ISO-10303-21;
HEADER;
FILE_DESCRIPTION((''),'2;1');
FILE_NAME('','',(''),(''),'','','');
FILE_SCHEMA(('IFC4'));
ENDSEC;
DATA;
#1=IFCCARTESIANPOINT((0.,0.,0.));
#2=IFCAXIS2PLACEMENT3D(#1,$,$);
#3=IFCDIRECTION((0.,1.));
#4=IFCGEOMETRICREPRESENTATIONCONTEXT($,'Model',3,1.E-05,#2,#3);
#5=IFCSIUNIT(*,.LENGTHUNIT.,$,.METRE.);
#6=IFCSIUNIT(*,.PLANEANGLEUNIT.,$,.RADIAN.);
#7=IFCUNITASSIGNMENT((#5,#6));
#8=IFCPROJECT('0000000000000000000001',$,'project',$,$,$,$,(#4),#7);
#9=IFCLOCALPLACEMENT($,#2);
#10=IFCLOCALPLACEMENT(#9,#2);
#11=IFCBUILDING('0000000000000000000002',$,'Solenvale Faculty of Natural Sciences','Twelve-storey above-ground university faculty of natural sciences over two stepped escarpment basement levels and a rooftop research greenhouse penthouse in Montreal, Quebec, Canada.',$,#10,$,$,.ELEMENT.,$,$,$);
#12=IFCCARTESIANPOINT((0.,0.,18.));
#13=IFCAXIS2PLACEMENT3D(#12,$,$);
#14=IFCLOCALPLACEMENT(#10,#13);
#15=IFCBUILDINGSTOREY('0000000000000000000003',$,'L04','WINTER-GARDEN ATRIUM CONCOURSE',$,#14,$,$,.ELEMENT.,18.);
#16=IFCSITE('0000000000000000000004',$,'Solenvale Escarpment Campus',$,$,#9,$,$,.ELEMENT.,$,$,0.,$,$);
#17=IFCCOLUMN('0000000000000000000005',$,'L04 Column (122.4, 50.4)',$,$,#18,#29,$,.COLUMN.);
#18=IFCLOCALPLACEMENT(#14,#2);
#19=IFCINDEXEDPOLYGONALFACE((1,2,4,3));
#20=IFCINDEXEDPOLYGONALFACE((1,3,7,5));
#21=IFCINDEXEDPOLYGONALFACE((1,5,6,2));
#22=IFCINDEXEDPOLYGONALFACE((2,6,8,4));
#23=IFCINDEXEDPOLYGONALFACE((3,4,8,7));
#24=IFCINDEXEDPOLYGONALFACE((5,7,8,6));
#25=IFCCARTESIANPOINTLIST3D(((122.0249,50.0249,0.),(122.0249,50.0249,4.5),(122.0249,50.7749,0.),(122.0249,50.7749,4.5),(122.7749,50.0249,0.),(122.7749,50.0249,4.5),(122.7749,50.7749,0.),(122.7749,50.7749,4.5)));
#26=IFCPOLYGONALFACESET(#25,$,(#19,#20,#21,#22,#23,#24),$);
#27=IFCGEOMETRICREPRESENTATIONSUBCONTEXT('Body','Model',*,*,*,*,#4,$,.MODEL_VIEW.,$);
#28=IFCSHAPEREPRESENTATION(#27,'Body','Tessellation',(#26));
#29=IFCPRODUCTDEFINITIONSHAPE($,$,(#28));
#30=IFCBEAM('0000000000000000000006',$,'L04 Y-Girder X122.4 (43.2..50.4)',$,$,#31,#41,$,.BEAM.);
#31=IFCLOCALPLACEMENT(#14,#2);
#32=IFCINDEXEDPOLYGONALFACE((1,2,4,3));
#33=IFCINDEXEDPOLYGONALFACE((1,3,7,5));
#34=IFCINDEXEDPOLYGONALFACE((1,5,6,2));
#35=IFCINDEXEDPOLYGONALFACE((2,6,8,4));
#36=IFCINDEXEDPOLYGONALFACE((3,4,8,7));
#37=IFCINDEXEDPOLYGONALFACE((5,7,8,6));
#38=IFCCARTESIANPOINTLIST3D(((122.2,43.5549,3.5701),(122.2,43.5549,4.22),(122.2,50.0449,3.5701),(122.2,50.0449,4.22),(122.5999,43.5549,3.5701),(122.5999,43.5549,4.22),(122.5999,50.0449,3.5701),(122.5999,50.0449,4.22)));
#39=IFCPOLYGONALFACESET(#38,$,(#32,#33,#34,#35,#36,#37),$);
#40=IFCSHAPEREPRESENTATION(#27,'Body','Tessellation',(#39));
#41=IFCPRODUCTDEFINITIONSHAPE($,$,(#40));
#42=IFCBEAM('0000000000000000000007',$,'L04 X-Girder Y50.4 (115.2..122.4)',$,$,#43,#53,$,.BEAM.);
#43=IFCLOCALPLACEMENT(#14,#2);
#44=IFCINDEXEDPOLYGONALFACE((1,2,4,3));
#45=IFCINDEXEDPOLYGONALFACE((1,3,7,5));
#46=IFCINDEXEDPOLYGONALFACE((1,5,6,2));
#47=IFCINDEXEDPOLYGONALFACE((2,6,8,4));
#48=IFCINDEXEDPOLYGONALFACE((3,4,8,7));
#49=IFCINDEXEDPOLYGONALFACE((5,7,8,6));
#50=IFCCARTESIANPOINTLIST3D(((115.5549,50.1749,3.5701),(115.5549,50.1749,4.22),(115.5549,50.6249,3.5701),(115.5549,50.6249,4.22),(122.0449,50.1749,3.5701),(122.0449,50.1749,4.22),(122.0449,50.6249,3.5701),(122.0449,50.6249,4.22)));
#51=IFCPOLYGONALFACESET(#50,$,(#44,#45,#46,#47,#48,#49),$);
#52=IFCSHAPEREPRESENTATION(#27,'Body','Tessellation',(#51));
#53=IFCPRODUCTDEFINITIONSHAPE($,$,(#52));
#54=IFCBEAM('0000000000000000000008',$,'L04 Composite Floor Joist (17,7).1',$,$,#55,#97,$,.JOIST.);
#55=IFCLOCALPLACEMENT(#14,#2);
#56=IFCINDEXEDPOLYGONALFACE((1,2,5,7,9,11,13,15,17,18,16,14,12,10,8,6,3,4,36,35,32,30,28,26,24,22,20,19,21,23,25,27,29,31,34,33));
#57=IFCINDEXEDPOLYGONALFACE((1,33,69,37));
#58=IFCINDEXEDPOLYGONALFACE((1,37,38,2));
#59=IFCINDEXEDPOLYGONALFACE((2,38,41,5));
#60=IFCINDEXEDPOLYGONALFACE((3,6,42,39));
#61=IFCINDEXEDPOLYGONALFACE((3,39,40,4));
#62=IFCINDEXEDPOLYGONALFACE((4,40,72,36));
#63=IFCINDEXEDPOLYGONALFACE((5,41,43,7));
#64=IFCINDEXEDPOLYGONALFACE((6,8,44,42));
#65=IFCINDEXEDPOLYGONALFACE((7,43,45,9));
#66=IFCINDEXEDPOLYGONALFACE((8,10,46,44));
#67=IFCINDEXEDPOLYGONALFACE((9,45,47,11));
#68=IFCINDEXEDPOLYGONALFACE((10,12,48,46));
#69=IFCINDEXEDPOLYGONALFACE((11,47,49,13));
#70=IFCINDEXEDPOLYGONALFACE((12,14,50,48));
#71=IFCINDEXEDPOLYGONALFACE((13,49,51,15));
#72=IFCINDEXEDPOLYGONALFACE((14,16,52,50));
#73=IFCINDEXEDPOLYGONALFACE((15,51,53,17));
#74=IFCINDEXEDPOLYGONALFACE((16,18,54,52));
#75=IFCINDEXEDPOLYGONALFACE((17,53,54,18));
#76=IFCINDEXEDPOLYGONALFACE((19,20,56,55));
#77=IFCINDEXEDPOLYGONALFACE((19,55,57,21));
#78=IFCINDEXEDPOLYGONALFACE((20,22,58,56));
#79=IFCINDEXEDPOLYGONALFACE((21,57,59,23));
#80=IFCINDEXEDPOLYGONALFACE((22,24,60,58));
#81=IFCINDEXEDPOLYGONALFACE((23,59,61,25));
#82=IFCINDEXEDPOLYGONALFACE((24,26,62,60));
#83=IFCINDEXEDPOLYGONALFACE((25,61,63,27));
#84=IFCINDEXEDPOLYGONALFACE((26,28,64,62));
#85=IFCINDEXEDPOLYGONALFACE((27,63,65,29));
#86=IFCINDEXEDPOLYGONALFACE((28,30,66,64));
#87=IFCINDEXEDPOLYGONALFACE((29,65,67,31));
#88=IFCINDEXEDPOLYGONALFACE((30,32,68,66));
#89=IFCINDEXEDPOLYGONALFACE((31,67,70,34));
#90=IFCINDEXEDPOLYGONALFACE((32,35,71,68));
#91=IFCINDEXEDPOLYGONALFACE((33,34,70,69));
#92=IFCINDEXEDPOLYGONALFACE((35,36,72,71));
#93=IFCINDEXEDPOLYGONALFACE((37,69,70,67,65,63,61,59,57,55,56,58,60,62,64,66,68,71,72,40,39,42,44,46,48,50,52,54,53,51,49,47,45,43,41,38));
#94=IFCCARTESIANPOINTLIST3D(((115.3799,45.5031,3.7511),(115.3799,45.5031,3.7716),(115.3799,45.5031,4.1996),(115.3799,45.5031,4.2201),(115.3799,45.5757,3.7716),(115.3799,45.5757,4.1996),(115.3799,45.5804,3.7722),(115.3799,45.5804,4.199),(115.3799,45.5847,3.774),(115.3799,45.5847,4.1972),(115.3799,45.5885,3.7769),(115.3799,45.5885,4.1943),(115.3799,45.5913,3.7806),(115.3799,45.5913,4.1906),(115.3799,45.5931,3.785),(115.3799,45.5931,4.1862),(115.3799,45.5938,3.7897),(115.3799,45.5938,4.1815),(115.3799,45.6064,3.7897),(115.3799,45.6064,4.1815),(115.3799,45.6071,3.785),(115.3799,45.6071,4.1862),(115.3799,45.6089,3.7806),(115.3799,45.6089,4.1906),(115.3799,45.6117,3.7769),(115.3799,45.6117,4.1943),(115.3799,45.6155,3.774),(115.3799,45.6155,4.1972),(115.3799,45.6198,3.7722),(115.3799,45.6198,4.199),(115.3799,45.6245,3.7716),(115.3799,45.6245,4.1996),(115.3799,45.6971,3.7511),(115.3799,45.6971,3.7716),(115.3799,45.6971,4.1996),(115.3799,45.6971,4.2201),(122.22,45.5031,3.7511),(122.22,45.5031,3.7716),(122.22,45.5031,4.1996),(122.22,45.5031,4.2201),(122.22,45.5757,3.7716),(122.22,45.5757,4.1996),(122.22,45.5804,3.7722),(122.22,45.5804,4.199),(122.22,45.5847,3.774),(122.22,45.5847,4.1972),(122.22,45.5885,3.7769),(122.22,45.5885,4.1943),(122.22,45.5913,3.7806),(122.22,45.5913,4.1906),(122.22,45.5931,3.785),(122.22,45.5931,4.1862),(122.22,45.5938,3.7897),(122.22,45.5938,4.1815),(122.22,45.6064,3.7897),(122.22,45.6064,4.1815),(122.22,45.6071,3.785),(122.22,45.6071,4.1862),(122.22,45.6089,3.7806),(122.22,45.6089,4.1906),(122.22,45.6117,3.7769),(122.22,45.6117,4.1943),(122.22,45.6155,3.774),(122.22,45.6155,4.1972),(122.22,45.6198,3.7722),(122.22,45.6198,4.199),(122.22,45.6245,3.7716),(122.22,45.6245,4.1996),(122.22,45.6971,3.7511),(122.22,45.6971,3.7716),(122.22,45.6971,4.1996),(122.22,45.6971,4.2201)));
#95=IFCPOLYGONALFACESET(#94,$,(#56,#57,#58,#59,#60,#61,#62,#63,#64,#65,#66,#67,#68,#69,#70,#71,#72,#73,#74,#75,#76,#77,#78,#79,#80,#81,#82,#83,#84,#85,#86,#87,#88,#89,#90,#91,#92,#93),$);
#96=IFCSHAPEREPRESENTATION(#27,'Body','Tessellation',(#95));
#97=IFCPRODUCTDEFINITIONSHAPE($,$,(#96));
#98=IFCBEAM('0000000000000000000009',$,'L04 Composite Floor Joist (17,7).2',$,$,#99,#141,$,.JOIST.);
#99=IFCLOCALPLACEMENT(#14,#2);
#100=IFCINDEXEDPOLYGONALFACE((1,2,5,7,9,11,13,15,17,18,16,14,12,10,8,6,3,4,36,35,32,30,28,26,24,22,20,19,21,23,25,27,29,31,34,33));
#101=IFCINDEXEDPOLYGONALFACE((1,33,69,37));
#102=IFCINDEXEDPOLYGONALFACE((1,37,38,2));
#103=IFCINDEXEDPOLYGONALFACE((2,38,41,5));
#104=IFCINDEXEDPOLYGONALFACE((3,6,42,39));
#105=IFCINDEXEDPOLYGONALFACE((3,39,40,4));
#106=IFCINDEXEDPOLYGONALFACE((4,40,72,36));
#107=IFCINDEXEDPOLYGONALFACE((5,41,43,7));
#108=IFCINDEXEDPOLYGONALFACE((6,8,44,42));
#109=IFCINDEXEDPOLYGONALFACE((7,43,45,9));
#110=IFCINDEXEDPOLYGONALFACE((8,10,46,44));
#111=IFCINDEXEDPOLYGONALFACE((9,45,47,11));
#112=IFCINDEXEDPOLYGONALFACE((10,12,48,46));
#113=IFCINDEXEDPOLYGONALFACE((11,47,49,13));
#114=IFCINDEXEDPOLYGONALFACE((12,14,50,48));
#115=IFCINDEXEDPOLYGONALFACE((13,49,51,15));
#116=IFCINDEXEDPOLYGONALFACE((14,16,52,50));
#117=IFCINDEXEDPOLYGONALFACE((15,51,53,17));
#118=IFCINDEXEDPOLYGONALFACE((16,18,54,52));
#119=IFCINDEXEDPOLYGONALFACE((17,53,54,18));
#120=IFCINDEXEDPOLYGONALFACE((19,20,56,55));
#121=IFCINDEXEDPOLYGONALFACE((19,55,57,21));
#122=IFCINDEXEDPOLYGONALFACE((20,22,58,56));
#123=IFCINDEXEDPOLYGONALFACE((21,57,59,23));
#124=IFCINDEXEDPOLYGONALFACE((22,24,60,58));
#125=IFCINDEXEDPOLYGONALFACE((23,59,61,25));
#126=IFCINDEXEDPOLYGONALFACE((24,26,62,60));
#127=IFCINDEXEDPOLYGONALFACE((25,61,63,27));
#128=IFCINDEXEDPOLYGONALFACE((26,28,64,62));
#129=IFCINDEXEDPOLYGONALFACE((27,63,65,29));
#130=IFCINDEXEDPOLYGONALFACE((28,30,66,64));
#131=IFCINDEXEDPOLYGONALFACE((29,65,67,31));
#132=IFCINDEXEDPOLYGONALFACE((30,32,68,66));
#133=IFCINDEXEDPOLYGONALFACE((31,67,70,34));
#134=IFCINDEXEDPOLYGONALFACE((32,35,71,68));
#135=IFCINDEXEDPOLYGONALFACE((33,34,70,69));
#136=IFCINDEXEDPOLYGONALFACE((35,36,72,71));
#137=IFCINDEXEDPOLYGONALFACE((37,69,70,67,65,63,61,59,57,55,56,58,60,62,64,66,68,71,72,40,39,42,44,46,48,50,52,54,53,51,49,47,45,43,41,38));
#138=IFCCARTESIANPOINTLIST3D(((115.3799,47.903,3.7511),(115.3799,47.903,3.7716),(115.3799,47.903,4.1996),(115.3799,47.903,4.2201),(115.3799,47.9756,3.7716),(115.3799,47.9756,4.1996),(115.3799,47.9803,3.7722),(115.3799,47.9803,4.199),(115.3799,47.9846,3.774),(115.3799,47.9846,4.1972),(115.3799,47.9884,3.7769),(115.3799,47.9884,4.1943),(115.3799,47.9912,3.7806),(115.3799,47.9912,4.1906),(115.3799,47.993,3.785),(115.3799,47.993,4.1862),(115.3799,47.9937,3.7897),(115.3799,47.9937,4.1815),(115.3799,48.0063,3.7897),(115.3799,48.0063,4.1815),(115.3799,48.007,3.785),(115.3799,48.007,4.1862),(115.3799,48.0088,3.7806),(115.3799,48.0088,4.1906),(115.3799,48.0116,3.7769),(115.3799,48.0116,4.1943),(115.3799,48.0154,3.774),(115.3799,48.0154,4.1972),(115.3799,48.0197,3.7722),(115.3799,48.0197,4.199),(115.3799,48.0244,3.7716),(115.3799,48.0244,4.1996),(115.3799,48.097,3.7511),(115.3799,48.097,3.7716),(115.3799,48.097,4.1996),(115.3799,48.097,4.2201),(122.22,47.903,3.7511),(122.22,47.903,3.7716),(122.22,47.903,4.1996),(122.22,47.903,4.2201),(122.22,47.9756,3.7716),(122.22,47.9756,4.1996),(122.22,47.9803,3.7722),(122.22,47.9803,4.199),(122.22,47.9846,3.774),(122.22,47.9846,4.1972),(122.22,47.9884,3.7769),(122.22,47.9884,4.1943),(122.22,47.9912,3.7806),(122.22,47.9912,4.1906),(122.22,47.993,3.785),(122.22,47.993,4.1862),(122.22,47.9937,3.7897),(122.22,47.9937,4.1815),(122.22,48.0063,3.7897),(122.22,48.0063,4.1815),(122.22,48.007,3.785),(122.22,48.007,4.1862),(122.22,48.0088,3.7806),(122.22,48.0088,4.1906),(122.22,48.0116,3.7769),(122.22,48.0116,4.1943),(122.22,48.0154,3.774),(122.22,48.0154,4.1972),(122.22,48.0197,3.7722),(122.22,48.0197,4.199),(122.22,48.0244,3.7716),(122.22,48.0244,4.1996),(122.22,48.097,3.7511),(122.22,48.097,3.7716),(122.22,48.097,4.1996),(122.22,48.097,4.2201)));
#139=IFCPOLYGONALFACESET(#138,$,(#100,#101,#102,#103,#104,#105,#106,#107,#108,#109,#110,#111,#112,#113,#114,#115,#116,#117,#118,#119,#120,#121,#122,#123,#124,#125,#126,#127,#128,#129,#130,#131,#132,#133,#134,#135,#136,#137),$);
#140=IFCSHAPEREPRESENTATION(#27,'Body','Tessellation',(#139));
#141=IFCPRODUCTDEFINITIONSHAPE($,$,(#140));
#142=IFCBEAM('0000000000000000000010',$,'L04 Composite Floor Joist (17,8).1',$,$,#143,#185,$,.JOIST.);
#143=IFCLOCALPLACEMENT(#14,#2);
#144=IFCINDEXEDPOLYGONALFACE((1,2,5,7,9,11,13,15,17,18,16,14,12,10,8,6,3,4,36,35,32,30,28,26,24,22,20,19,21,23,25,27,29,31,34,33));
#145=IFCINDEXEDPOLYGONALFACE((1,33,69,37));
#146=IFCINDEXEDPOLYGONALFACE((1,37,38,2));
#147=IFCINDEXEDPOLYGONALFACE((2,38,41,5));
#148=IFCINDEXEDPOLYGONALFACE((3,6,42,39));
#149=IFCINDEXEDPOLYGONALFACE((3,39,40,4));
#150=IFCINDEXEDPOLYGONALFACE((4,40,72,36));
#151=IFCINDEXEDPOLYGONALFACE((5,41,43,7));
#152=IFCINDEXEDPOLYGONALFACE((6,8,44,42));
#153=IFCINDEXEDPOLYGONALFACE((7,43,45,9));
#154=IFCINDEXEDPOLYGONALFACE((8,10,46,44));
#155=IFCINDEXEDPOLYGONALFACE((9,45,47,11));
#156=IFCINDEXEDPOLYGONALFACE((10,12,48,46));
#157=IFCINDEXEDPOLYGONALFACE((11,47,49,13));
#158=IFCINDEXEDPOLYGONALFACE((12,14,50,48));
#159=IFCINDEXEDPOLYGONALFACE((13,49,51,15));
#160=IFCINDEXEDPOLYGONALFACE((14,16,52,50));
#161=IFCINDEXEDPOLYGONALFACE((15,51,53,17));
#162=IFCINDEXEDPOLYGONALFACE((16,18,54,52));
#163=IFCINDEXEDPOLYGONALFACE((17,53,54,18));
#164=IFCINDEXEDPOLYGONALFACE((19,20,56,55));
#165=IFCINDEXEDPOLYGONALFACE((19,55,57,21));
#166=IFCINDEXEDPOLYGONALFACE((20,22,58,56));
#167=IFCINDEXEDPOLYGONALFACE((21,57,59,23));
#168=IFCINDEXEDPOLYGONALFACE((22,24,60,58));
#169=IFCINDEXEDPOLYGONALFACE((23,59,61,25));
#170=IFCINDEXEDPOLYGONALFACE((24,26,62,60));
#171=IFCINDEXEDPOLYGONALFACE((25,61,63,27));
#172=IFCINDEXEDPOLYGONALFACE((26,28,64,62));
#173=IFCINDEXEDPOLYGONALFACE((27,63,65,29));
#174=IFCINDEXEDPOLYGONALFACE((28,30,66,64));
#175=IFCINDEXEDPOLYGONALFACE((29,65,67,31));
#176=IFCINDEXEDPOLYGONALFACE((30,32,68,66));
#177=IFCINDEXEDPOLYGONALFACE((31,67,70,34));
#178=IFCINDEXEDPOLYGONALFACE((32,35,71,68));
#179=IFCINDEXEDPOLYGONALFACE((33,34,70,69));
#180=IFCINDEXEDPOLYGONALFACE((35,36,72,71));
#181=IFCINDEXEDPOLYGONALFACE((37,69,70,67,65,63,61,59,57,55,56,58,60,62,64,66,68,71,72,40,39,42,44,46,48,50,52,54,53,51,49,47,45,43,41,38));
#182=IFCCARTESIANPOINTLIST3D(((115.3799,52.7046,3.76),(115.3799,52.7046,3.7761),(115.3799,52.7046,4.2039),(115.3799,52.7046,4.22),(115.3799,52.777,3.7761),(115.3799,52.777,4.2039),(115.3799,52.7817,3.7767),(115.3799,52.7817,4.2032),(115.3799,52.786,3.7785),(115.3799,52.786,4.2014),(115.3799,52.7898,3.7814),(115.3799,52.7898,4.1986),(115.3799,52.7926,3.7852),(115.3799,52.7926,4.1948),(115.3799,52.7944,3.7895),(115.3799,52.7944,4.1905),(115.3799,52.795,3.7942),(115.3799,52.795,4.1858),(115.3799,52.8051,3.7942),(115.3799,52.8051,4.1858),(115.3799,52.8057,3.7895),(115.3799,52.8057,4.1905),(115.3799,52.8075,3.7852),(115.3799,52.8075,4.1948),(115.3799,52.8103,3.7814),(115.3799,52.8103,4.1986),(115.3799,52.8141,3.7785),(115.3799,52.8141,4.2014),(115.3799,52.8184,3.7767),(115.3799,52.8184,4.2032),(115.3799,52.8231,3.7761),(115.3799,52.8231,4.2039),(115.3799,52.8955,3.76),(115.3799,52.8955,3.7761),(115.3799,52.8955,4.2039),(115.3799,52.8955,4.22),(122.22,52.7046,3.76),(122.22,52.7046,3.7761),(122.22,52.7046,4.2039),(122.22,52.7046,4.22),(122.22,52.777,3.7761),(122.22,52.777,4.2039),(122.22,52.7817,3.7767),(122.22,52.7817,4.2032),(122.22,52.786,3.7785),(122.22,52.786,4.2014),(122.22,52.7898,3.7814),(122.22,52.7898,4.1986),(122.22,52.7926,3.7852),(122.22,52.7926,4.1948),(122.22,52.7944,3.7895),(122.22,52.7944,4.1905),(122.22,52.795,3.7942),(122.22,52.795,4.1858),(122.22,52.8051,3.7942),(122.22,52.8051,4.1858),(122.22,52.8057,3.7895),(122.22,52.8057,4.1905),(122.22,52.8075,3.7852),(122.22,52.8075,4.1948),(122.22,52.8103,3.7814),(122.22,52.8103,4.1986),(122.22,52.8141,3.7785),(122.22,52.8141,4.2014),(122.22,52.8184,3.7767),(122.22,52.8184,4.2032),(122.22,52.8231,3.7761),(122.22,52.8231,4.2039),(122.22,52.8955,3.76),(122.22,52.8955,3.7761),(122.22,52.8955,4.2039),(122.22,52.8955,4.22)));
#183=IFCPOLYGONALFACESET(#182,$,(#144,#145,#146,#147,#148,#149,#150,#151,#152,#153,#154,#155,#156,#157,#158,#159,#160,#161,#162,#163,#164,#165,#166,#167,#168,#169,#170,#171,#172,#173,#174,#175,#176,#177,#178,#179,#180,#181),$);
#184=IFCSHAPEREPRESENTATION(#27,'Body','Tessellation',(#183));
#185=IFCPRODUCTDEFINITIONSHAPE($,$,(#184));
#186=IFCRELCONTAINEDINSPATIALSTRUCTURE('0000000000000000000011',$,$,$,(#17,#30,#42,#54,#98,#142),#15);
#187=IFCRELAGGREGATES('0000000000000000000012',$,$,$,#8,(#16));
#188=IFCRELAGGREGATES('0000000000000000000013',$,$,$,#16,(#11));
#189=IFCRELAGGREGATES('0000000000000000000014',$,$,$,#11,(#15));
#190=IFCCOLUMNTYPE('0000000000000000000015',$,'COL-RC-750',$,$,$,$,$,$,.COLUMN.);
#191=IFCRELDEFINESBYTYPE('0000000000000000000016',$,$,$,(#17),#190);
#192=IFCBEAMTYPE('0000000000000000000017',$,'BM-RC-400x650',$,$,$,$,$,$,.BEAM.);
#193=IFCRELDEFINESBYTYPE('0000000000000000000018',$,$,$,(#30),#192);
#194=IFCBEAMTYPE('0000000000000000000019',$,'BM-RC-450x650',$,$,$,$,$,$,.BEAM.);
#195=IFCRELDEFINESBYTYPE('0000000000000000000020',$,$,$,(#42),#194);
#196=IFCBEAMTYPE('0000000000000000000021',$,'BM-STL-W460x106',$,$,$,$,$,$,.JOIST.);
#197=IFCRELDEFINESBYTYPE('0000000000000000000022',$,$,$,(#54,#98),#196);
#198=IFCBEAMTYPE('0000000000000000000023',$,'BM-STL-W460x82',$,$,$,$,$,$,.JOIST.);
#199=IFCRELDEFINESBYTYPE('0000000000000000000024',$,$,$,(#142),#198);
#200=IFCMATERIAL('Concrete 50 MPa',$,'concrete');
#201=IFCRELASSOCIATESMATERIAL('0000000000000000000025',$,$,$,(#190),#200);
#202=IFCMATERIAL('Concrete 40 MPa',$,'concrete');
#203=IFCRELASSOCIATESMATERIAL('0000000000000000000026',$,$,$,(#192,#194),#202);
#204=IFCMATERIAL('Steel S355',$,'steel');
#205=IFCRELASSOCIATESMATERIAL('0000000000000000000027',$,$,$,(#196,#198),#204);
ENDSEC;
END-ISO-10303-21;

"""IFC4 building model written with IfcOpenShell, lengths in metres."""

from ifc_helpers import new_model, si_unit, direction, frame, origin, origin_2d, place, context, subcontext, project, spatial, rectangle, i_section, extrude, material, material_profile, profile_set, type_object, element, save


model = new_model("IFC4")

# Units and contexts
model_context = context("Model", 3, precision=1e-05, world=origin(), true_north=direction((0.0, 1.0)))
body_context = subcontext(model_context, "Body", "Model", "MODEL_VIEW")
ifc_project = project(units=[si_unit("LENGTHUNIT", "METRE"), si_unit("PLANEANGLEUNIT", "RADIAN")], contexts=[model_context])

# Site, building, storey
site_placement = place(None, origin())
site = spatial("IfcSite", under=ifc_project, at=site_placement, Name="Solenvale Escarpment Campus", CompositionType="ELEMENT", RefElevation=0.0)
building_placement = place(site_placement, origin())
building = spatial("IfcBuilding", under=site, at=building_placement, Name="Solenvale Faculty of Natural Sciences", Description="Twelve-storey above-ground university faculty of natural sciences over two stepped escarpment basement levels and a rooftop research greenhouse penthouse in Montreal, Quebec, Canada.", CompositionType="ELEMENT")
storey_placement = place(building_placement, frame((0.0, 0.0, 18.0)))
storey = spatial("IfcBuildingStorey", under=building, at=storey_placement, Name="L04", Description="WINTER-GARDEN ATRIUM CONCOURSE", CompositionType="ELEMENT", Elevation=18.0)

# Column
ifc_material_1 = material(Name="Concrete 50 MPa", Category="concrete")
ifc_material_profile_1 = material_profile(ifc_material_1, rectangle(XDim=0.75, YDim=0.75, at=origin_2d()), Name="RC-COL-750x750")
ifc_profile_set_1 = profile_set([ifc_material_profile_1], Name="Concrete 50 MPa")
column_type = type_object("IfcColumnType", Name="COL-RC-750", PredefinedType="COLUMN", material=ifc_profile_set_1)
column_placement = place(storey_placement, frame((122.3999, 50.3999, 0.0), z_axis=(0.0, 0.0, 1.0), x_axis=(1.0, 0.0, 0.0)))
element("IfcColumn", 1, at=column_placement, inside=storey, type_object=column_type, Name="L04 Column (122.4, 50.4)", PredefinedType="COLUMN", context=body_context, shape_type="SweptSolid", body=[
    extrude(rectangle(XDim=0.75, YDim=0.75, at=origin_2d()), origin(), (0.0, 0.0, 1.0), 4.5),
])

# Beams
ifc_material_2 = material(Name="Concrete 40 MPa", Category="concrete")
ifc_material_profile_2 = material_profile(ifc_material_2, rectangle(XDim=0.3999, YDim=0.6499, at=origin_2d()), Name="RC-BM-400x650")
ifc_profile_set_2 = profile_set([ifc_material_profile_2], Name="Concrete 40 MPa")
beam_type_1 = type_object("IfcBeamType", Name="BM-RC-400x650", PredefinedType="BEAM", material=ifc_profile_set_2)
beam_1_placement = place(storey_placement, frame((122.3999, 43.5549, 3.895), z_axis=(0.0, 1.0, 0.0), x_axis=(-1.0, 0.0, 0.0)))
element("IfcBeam", 2, at=beam_1_placement, inside=storey, type_object=beam_type_1, Name="L04 Y-Girder X122.4 (43.2..50.4)", PredefinedType="BEAM", context=body_context, shape_type="SweptSolid", body=[
    extrude(rectangle(XDim=0.3999, YDim=0.6499, at=origin_2d()), origin(), (0.0, 0.0, 1.0), 6.49),
])
ifc_material_profile_3 = material_profile(ifc_material_2, rectangle(XDim=0.45, YDim=0.6499, at=origin_2d()), Name="RC-BM-450x650")
ifc_profile_set_3 = profile_set([ifc_material_profile_3], Name="Concrete 40 MPa")
beam_type_2 = type_object("IfcBeamType", Name="BM-RC-450x650", PredefinedType="BEAM", material=ifc_profile_set_3)
beam_2_placement = place(storey_placement, frame((115.5549, 50.3999, 3.895), z_axis=(1.0, 0.0, 0.0), x_axis=(0.0, 1.0, 0.0)))
element("IfcBeam", 3, at=beam_2_placement, inside=storey, type_object=beam_type_2, Name="L04 X-Girder Y50.4 (115.2..122.4)", PredefinedType="BEAM", context=body_context, shape_type="SweptSolid", body=[
    extrude(rectangle(XDim=0.45, YDim=0.6499, at=origin_2d()), origin(), (0.0, 0.0, 1.0), 6.49),
])
ifc_material_3 = material(Name="Steel S355", Category="steel")
ifc_material_profile_4 = material_profile(ifc_material_3, i_section(OverallWidth=0.1941, OverallDepth=0.469, WebThickness=0.0127, FlangeThickness=0.0205, FilletRadius=0.0181, at=origin_2d()), Name="W460x106")
ifc_profile_set_4 = profile_set([ifc_material_profile_4], Name="Steel S355")
beam_type_3 = type_object("IfcBeamType", Name="BM-STL-W460x106", PredefinedType="JOIST", material=ifc_profile_set_4)
for number, where, z_axis, x_axis, name in (
    (4, (115.3799, 45.6001, 3.9856), (1.0, 0.0, 0.0), (0.0, 1.0, 0.0), "L04 Composite Floor Joist (17,7).1"),
    (5, (115.3799, 48.0, 3.9856), (1.0, 0.0, 0.0), (0.0, 1.0, 0.0), "L04 Composite Floor Joist (17,7).2"),
):
    element("IfcBeam", number, at=place(storey_placement, frame(where, z_axis=z_axis, x_axis=x_axis)), inside=storey, type_object=beam_type_3, Name=name, PredefinedType="JOIST", context=body_context, shape_type="SweptSolid", body=[
        extrude(i_section(OverallWidth=0.1941, OverallDepth=0.469, WebThickness=0.0127, FlangeThickness=0.0205, FilletRadius=0.0181, at=origin_2d()), origin(), (0.0, 0.0, 1.0), 6.8401),
    ])
ifc_material_profile_5 = material_profile(ifc_material_3, i_section(OverallWidth=0.1909, OverallDepth=0.46, WebThickness=0.01, FlangeThickness=0.0161, FilletRadius=0.0181, at=origin_2d()), Name="W460x82")
ifc_profile_set_5 = profile_set([ifc_material_profile_5], Name="Steel S355")
beam_type_4 = type_object("IfcBeamType", Name="BM-STL-W460x82", PredefinedType="JOIST", material=ifc_profile_set_5)
for number, where, z_axis, x_axis, name in (
    (6, (115.3799, 52.8, 3.99), (1.0, 0.0, 0.0), (0.0, 1.0, 0.0), "L04 Composite Floor Joist (17,8).1"),
):
    element("IfcBeam", number, at=place(storey_placement, frame(where, z_axis=z_axis, x_axis=x_axis)), inside=storey, type_object=beam_type_4, Name=name, PredefinedType="JOIST", context=body_context, shape_type="SweptSolid", body=[
        extrude(i_section(OverallWidth=0.1909, OverallDepth=0.46, WebThickness=0.01, FlangeThickness=0.0161, FilletRadius=0.0181, at=origin_2d()), origin(), (0.0, 0.0, 1.0), 6.8401),
    ])

save(model, "model.ifc")
